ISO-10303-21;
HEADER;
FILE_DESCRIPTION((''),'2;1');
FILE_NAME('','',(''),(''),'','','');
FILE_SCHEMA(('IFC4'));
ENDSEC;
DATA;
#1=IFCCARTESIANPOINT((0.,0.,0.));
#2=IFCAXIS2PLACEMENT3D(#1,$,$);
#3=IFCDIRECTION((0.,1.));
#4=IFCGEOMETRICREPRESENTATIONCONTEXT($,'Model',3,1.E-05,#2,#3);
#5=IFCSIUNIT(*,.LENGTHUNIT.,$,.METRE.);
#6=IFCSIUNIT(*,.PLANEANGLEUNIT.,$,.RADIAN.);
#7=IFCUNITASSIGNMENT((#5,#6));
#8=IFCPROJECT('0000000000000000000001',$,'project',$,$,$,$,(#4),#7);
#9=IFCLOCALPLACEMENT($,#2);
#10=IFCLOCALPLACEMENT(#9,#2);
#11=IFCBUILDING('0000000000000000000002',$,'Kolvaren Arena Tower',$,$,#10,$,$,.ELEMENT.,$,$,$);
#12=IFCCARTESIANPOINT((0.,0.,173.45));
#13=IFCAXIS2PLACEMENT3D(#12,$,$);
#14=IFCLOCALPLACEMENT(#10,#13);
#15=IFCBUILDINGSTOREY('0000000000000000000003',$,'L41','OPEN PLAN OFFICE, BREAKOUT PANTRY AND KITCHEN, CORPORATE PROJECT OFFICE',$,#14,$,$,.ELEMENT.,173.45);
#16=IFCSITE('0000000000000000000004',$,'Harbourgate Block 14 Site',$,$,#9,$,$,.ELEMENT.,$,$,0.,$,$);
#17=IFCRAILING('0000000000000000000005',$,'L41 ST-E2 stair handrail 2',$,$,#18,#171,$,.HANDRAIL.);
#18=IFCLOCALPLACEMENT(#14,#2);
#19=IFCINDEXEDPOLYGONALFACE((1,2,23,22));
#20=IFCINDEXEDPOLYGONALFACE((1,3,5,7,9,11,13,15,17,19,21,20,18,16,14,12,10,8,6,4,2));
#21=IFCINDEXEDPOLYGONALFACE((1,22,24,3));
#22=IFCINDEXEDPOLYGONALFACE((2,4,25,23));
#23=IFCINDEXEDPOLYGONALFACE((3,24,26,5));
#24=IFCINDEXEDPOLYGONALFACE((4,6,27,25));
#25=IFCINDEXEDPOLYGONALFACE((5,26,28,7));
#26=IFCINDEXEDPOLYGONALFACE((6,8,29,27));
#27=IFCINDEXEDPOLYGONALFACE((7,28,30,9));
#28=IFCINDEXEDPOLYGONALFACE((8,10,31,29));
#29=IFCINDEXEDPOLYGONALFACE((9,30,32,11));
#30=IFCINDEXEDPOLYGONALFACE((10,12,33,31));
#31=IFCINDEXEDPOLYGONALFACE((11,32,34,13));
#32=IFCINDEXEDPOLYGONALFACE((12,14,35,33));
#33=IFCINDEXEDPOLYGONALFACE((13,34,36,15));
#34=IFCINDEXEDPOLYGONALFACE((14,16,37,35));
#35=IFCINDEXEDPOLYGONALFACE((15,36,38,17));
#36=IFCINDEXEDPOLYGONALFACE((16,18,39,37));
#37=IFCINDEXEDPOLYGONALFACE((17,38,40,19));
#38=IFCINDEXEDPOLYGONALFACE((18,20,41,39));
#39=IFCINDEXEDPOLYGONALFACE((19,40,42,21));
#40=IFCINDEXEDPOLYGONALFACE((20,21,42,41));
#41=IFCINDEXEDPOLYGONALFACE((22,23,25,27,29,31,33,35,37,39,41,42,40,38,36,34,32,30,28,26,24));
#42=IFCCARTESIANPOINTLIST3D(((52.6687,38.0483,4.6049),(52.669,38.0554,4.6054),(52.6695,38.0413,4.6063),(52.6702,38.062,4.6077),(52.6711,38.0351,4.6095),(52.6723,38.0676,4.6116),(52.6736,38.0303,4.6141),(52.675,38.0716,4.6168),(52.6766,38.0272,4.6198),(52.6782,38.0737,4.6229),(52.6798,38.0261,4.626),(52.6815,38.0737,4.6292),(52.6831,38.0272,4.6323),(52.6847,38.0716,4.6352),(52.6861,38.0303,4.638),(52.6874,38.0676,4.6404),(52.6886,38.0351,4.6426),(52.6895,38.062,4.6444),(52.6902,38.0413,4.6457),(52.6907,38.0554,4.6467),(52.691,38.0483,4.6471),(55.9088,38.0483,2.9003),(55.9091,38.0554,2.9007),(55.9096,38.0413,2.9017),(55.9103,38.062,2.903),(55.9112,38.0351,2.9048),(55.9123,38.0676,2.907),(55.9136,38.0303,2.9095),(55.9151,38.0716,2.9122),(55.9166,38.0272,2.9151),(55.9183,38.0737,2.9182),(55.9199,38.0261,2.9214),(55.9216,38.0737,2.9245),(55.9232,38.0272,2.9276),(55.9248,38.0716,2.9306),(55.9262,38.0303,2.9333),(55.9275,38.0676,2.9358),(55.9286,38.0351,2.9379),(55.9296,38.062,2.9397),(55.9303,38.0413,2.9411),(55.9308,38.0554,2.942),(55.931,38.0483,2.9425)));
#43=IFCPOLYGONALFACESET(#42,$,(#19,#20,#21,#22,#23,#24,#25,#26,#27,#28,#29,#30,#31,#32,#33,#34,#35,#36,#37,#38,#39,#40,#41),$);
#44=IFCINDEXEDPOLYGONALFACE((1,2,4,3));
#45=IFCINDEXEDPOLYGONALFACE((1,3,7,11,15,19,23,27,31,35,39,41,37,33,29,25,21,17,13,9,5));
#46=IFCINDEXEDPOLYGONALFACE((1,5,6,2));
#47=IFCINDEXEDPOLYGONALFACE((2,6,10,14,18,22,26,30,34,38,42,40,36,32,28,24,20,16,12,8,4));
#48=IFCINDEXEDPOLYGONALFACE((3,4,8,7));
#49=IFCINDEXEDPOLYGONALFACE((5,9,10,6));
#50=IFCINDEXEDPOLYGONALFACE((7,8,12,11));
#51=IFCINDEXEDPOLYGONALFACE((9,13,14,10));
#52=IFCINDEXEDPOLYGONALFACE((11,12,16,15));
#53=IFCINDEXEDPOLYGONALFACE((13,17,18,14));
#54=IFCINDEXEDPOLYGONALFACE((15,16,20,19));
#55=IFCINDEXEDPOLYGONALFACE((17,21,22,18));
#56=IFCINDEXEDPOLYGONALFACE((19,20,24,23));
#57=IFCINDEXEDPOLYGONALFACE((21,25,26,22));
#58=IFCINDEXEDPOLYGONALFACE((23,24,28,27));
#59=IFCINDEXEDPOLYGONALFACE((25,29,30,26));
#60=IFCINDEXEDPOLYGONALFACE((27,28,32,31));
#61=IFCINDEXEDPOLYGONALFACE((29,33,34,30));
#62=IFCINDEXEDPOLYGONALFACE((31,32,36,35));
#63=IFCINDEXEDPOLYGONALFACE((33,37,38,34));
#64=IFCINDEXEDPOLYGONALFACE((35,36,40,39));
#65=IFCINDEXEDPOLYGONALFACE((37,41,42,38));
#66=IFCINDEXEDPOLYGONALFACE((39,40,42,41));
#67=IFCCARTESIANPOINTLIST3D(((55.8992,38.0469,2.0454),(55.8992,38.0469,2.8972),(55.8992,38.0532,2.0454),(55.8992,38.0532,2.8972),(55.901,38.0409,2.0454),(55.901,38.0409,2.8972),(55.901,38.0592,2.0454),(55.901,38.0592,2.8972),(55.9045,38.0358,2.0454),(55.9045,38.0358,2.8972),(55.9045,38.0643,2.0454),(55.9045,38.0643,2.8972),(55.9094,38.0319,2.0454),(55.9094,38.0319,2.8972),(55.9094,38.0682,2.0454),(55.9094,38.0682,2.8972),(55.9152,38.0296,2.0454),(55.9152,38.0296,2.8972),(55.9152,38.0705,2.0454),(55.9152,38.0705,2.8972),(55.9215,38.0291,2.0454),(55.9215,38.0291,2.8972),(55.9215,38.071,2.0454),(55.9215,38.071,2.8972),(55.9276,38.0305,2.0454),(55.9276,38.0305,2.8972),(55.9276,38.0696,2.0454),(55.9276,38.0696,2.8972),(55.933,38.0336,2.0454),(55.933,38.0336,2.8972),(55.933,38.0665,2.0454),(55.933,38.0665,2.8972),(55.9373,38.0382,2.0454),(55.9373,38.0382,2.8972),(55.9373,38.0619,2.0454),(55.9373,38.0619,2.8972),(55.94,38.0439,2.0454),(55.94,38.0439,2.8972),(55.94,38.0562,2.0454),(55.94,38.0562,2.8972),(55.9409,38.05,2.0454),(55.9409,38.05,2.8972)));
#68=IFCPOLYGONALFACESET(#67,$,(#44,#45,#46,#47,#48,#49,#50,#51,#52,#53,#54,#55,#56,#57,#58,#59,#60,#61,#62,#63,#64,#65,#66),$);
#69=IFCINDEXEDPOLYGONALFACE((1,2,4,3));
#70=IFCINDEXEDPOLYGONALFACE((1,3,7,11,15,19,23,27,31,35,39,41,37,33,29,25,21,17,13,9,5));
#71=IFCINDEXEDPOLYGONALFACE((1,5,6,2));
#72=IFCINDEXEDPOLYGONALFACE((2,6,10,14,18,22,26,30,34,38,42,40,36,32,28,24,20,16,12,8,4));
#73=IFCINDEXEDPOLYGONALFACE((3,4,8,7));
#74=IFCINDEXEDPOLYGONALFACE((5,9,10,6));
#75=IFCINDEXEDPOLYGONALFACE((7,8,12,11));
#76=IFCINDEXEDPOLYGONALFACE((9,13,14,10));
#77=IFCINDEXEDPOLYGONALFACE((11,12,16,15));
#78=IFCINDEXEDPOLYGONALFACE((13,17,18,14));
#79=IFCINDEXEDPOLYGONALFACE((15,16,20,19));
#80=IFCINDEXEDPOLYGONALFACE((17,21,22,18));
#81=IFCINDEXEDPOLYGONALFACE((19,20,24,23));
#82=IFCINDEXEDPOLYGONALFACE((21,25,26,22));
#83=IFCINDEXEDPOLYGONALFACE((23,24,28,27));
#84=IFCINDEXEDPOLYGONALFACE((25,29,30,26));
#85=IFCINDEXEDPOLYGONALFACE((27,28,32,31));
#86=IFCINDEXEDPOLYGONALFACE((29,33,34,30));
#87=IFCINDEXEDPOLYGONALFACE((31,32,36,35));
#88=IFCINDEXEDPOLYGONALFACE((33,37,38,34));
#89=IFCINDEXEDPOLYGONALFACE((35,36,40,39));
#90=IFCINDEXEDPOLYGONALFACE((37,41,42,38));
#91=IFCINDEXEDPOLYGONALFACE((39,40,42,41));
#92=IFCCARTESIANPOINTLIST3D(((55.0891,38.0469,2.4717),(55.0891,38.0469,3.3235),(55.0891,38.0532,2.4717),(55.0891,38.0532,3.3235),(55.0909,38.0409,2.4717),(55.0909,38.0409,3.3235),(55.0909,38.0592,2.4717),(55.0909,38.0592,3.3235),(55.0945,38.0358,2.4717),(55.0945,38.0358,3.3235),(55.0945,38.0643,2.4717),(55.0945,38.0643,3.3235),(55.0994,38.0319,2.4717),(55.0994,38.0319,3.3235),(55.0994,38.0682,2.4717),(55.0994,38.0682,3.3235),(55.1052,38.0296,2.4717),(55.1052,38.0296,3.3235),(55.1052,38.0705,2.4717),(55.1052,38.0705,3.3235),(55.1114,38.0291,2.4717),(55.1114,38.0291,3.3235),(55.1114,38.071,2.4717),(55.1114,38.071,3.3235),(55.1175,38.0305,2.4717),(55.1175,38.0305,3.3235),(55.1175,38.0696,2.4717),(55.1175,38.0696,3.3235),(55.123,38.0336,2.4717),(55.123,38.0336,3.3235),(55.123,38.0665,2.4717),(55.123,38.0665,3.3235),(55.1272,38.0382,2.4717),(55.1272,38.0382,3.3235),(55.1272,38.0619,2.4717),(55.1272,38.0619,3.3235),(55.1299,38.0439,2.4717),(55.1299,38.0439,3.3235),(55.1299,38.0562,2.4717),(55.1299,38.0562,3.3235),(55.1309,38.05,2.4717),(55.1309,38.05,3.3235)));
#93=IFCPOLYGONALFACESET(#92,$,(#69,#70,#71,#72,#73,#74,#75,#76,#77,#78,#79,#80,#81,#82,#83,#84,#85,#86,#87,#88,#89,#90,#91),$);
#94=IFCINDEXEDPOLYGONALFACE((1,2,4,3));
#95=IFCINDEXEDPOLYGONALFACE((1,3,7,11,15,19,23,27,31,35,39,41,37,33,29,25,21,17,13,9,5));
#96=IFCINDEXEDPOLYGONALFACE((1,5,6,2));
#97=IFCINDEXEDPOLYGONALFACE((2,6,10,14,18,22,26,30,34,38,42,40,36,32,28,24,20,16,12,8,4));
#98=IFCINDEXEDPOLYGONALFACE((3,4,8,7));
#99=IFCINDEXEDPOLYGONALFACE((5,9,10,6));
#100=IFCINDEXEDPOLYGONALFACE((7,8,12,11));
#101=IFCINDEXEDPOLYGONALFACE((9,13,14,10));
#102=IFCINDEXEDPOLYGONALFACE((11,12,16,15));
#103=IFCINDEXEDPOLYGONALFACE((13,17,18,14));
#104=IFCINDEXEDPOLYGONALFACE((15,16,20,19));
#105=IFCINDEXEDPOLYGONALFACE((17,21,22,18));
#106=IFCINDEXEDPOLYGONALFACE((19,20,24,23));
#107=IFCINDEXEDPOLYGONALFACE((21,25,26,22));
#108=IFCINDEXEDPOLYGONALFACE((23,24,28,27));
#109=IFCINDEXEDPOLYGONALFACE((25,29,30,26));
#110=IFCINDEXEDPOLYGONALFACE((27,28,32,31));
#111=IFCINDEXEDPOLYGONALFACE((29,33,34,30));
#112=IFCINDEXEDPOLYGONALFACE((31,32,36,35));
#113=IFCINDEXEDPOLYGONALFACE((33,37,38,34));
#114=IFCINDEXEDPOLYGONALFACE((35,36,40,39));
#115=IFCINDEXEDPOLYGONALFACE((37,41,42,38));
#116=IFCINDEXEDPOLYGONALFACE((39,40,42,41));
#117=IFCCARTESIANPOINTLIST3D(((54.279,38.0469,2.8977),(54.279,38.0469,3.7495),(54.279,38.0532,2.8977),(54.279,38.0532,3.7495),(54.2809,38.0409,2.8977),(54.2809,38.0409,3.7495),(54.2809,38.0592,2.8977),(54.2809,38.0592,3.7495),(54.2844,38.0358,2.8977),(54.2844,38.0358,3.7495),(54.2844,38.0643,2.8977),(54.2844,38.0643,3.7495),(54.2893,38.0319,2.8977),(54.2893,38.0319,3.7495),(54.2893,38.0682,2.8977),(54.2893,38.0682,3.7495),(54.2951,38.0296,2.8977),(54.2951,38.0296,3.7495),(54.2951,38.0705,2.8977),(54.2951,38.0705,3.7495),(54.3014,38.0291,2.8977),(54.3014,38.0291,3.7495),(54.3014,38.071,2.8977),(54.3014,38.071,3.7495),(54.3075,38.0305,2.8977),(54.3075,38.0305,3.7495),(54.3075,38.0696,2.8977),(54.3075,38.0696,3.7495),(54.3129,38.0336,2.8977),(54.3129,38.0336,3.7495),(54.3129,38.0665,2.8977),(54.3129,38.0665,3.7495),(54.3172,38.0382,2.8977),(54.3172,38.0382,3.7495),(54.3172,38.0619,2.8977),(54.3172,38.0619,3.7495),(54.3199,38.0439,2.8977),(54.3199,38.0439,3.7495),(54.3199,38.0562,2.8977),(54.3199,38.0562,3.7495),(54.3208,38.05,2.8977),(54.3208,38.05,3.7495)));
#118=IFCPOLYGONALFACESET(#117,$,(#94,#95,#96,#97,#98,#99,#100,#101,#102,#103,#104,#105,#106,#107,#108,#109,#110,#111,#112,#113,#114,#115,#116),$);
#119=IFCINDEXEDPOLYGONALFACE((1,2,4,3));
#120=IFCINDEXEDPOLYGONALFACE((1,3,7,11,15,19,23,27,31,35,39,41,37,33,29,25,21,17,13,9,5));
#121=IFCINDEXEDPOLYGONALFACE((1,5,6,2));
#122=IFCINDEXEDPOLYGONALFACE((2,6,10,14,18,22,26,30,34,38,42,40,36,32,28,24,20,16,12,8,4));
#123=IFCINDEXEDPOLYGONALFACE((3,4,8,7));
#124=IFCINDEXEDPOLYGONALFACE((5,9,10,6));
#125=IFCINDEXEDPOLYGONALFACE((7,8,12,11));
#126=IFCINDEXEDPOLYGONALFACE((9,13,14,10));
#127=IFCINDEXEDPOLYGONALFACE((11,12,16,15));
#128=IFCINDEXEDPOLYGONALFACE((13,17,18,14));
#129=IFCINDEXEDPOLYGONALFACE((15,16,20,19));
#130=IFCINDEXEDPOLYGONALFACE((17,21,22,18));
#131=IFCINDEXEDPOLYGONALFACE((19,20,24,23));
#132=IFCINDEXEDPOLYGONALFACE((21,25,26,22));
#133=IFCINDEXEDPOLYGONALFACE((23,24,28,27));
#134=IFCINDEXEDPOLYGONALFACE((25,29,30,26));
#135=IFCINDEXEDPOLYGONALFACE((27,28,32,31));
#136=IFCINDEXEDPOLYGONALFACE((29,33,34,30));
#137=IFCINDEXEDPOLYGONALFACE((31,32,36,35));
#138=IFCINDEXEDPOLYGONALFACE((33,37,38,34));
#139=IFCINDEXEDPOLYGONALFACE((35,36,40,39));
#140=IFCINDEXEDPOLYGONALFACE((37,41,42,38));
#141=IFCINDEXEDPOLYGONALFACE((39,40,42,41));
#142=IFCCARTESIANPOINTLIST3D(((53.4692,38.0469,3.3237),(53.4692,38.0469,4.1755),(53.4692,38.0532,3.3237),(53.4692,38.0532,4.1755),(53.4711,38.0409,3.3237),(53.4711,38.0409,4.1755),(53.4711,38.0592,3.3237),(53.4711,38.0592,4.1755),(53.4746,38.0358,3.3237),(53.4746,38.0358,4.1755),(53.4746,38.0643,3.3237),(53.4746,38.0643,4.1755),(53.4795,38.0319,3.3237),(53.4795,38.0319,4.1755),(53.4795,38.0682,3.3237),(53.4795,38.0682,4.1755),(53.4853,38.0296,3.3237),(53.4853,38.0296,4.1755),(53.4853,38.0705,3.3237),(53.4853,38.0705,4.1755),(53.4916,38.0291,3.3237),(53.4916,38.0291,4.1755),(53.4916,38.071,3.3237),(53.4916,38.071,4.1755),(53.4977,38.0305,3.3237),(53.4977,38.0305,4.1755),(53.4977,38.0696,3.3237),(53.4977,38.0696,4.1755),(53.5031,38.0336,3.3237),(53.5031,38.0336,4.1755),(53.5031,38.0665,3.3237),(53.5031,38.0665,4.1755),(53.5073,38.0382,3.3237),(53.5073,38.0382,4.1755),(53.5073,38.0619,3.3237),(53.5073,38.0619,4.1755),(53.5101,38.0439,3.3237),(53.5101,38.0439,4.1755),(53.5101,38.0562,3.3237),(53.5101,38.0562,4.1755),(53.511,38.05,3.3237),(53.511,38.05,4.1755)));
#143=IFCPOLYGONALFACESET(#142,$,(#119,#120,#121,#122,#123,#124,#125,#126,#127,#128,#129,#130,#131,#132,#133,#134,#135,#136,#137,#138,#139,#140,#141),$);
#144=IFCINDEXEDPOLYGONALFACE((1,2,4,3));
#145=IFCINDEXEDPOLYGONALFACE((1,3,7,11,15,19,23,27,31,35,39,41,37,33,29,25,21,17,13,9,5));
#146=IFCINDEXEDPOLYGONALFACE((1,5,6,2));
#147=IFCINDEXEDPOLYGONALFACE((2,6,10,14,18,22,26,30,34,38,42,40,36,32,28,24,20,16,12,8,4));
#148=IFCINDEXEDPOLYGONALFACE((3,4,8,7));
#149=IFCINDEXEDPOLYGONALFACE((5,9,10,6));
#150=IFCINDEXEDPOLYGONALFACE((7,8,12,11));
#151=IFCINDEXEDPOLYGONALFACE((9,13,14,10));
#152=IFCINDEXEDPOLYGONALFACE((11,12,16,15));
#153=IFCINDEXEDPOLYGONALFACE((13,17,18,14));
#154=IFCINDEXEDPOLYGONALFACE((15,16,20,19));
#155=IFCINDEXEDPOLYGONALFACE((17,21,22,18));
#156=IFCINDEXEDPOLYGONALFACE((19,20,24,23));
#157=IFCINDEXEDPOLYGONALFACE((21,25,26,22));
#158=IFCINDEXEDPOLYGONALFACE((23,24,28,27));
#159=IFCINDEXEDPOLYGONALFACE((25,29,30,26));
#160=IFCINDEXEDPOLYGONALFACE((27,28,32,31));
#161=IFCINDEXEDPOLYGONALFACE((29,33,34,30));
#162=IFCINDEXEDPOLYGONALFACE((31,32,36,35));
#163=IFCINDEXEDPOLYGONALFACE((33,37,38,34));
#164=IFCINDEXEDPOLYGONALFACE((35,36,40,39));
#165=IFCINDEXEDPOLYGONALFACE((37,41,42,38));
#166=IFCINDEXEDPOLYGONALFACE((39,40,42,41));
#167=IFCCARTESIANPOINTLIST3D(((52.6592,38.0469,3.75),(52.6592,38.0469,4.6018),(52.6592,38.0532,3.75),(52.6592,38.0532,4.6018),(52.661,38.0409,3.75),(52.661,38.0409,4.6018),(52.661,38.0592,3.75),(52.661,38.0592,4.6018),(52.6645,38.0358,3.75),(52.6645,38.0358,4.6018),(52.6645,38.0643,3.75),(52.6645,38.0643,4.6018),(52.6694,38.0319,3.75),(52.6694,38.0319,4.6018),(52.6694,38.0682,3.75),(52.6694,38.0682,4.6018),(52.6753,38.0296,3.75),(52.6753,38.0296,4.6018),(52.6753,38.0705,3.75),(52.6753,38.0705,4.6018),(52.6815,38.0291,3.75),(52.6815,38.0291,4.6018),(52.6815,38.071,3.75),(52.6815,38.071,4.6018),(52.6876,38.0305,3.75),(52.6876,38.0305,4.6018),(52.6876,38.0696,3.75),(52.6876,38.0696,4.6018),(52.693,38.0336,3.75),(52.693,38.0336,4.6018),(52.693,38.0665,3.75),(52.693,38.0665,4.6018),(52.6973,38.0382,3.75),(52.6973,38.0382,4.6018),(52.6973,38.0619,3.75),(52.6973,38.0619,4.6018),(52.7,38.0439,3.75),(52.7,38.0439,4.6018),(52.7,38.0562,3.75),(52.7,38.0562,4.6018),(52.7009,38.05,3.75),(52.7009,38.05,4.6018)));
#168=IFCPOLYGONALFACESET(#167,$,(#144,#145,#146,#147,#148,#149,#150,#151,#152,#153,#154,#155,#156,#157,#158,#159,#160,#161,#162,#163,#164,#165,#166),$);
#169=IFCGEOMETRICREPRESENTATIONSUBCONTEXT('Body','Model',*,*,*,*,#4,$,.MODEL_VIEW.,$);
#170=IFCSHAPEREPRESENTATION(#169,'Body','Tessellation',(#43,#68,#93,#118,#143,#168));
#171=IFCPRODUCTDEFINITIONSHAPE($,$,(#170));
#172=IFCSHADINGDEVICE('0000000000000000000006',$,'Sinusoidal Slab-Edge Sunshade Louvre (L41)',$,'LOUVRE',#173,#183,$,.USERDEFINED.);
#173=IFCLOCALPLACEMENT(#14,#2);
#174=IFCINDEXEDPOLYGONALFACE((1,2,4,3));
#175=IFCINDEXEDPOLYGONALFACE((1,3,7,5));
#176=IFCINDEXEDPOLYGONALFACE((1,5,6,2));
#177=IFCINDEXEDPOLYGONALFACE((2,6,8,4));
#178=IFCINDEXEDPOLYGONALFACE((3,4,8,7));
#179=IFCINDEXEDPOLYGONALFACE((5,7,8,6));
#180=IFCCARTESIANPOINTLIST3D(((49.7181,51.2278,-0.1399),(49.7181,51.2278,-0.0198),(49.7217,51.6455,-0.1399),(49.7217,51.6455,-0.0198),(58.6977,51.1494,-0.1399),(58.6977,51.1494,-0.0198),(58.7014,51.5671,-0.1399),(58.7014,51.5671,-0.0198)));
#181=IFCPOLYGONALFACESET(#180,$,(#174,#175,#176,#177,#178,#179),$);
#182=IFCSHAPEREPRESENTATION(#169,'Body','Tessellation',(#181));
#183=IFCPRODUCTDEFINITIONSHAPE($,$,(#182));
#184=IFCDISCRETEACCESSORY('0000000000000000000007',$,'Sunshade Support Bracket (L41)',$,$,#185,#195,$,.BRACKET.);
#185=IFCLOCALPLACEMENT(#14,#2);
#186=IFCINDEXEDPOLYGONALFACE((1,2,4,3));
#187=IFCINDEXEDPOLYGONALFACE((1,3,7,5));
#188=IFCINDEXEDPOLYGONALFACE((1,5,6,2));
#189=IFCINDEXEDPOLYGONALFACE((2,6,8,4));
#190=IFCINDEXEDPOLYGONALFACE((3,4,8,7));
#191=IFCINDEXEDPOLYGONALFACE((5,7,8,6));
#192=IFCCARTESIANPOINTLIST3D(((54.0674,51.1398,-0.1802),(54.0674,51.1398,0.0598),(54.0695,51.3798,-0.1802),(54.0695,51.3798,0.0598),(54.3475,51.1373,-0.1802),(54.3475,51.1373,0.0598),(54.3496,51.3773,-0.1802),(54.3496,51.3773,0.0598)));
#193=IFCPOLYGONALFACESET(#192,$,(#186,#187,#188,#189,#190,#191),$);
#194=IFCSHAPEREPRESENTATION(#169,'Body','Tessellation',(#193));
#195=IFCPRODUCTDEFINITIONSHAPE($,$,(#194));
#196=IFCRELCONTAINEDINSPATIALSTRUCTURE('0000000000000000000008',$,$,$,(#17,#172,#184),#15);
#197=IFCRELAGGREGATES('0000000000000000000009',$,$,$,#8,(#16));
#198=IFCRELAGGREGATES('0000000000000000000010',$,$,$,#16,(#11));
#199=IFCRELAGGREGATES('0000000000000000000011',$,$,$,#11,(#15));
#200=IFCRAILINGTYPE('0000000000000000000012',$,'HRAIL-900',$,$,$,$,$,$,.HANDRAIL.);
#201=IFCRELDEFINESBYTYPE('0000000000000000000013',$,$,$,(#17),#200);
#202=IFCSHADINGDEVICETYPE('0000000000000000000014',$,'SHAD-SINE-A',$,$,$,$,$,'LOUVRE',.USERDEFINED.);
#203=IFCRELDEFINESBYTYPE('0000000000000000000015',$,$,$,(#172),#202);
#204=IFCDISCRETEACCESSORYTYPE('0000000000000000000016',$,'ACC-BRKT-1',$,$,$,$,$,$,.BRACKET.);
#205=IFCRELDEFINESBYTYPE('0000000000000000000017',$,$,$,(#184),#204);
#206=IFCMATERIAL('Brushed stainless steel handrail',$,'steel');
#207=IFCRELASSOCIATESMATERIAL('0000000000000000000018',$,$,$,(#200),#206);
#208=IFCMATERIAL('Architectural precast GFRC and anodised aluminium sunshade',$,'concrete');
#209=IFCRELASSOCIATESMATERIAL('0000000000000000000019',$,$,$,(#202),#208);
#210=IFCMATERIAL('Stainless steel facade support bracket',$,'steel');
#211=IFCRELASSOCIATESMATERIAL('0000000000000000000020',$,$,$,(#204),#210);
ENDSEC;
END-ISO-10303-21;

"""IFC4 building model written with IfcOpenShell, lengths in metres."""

from ifc_helpers import new_model, si_unit, direction, frame, origin, origin_2d, place, context, subcontext, project, spatial, rectangle, circle, extrude, material, type_object, element, save


model = new_model("IFC4")

# Units and contexts
model_context = context("Model", 3, precision=1e-05, world=origin(), true_north=direction((0.0, 1.0)))
body_context = subcontext(model_context, "Body", "Model", "MODEL_VIEW")
ifc_project = project(units=[si_unit("LENGTHUNIT", "METRE"), si_unit("PLANEANGLEUNIT", "RADIAN")], contexts=[model_context])

# Site, building, storey
site_placement = place(None, origin())
site = spatial("IfcSite", under=ifc_project, at=site_placement, Name="Harbourgate Block 14 Site", CompositionType="ELEMENT", RefElevation=0.0)
building_placement = place(site_placement, origin())
building = spatial("IfcBuilding", under=site, at=building_placement, Name="Kolvaren Arena Tower", CompositionType="ELEMENT")
storey_placement = place(building_placement, frame((0.0, 0.0, 173.45)))
storey = spatial("IfcBuildingStorey", under=building, at=storey_placement, Name="L41", Description="OPEN PLAN OFFICE, BREAKOUT PANTRY AND KITCHEN, CORPORATE PROJECT OFFICE", CompositionType="ELEMENT", Elevation=173.45)

# Railing
ifc_material_1 = material(Name="Brushed stainless steel handrail", Category="steel")
railing_type = type_object("IfcRailingType", Name="HRAIL-900", PredefinedType="HANDRAIL", material=ifc_material_1)
railing_placement = place(storey_placement, frame((55.9199, 38.05, 2.0454)))
element("IfcRailing", 1, at=railing_placement, inside=storey, type_object=railing_type, Name="L41 ST-E2 stair handrail 2", PredefinedType="HANDRAIL", context=body_context, shape_type="SweptSolid", body=[
    extrude(circle(Radius=0.0239, at=origin_2d()), frame((0.0, 0.0, 0.876), z_axis=(-0.884993, 0.0, 0.465604), x_axis=(0.0, -1.0, 0.0)), (0.0, 0.0, 1.0), 3.6611),
    extrude(circle(Radius=0.021, at=origin_2d()), origin(), (0.0, 0.0, 1.0), 0.8518),
    extrude(circle(Radius=0.021, at=origin_2d()), frame((-0.8101, 0.0, 0.4263)), (0.0, 0.0, 1.0), 0.8518),
    extrude(circle(Radius=0.021, at=origin_2d()), frame((-1.6201, 0.0, 0.8523)), (0.0, 0.0, 1.0), 0.8518),
    extrude(circle(Radius=0.021, at=origin_2d()), frame((-2.4299, 0.0, 1.2783)), (0.0, 0.0, 1.0), 0.8518),
    extrude(circle(Radius=0.021, at=origin_2d()), frame((-3.24, 0.0, 1.7046)), (0.0, 0.0, 1.0), 0.8518),
])

# Shading device
ifc_material_2 = material(Name="Architectural precast GFRC and anodised aluminium sunshade", Category="concrete")
shading_device_type = type_object("IfcShadingDeviceType", Name="SHAD-SINE-A", ElementType="LOUVRE", PredefinedType="USERDEFINED", material=ifc_material_2)
shading_device_placement = place(storey_placement, frame((54.2097, 51.3975, -0.1399), z_axis=(0.0, 0.0, 1.0), x_axis=(0.999962, -0.008727, 0.0)))
element("IfcShadingDevice", 2, at=shading_device_placement, inside=storey, type_object=shading_device_type, Name="Sinusoidal Slab-Edge Sunshade Louvre (L41)", ObjectType="LOUVRE", PredefinedType="USERDEFINED", context=body_context, shape_type="SweptSolid", body=[
    extrude(rectangle(XDim=8.98, YDim=0.4177, at=origin_2d()), origin(), (0.0, 0.0, 1.0), 0.1201),
])

# Discrete accessory
ifc_material_3 = material(Name="Stainless steel facade support bracket", Category="steel")
discrete_accessory_type = type_object("IfcDiscreteAccessoryType", Name="ACC-BRKT-1", PredefinedType="BRACKET", material=ifc_material_3)
discrete_accessory_placement = place(storey_placement, frame((54.2085, 51.2585, -0.1802), z_axis=(0.0, 0.0, 1.0), x_axis=(0.999962, -0.008727, 0.0)))
element("IfcDiscreteAccessory", 3, at=discrete_accessory_placement, inside=storey, type_object=discrete_accessory_type, Name="Sunshade Support Bracket (L41)", PredefinedType="BRACKET", context=body_context, shape_type="SweptSolid", body=[
    extrude(rectangle(XDim=0.28, YDim=0.24, at=origin_2d()), origin(), (0.0, 0.0, 1.0), 0.24),
])

save(model, "model.ifc")
